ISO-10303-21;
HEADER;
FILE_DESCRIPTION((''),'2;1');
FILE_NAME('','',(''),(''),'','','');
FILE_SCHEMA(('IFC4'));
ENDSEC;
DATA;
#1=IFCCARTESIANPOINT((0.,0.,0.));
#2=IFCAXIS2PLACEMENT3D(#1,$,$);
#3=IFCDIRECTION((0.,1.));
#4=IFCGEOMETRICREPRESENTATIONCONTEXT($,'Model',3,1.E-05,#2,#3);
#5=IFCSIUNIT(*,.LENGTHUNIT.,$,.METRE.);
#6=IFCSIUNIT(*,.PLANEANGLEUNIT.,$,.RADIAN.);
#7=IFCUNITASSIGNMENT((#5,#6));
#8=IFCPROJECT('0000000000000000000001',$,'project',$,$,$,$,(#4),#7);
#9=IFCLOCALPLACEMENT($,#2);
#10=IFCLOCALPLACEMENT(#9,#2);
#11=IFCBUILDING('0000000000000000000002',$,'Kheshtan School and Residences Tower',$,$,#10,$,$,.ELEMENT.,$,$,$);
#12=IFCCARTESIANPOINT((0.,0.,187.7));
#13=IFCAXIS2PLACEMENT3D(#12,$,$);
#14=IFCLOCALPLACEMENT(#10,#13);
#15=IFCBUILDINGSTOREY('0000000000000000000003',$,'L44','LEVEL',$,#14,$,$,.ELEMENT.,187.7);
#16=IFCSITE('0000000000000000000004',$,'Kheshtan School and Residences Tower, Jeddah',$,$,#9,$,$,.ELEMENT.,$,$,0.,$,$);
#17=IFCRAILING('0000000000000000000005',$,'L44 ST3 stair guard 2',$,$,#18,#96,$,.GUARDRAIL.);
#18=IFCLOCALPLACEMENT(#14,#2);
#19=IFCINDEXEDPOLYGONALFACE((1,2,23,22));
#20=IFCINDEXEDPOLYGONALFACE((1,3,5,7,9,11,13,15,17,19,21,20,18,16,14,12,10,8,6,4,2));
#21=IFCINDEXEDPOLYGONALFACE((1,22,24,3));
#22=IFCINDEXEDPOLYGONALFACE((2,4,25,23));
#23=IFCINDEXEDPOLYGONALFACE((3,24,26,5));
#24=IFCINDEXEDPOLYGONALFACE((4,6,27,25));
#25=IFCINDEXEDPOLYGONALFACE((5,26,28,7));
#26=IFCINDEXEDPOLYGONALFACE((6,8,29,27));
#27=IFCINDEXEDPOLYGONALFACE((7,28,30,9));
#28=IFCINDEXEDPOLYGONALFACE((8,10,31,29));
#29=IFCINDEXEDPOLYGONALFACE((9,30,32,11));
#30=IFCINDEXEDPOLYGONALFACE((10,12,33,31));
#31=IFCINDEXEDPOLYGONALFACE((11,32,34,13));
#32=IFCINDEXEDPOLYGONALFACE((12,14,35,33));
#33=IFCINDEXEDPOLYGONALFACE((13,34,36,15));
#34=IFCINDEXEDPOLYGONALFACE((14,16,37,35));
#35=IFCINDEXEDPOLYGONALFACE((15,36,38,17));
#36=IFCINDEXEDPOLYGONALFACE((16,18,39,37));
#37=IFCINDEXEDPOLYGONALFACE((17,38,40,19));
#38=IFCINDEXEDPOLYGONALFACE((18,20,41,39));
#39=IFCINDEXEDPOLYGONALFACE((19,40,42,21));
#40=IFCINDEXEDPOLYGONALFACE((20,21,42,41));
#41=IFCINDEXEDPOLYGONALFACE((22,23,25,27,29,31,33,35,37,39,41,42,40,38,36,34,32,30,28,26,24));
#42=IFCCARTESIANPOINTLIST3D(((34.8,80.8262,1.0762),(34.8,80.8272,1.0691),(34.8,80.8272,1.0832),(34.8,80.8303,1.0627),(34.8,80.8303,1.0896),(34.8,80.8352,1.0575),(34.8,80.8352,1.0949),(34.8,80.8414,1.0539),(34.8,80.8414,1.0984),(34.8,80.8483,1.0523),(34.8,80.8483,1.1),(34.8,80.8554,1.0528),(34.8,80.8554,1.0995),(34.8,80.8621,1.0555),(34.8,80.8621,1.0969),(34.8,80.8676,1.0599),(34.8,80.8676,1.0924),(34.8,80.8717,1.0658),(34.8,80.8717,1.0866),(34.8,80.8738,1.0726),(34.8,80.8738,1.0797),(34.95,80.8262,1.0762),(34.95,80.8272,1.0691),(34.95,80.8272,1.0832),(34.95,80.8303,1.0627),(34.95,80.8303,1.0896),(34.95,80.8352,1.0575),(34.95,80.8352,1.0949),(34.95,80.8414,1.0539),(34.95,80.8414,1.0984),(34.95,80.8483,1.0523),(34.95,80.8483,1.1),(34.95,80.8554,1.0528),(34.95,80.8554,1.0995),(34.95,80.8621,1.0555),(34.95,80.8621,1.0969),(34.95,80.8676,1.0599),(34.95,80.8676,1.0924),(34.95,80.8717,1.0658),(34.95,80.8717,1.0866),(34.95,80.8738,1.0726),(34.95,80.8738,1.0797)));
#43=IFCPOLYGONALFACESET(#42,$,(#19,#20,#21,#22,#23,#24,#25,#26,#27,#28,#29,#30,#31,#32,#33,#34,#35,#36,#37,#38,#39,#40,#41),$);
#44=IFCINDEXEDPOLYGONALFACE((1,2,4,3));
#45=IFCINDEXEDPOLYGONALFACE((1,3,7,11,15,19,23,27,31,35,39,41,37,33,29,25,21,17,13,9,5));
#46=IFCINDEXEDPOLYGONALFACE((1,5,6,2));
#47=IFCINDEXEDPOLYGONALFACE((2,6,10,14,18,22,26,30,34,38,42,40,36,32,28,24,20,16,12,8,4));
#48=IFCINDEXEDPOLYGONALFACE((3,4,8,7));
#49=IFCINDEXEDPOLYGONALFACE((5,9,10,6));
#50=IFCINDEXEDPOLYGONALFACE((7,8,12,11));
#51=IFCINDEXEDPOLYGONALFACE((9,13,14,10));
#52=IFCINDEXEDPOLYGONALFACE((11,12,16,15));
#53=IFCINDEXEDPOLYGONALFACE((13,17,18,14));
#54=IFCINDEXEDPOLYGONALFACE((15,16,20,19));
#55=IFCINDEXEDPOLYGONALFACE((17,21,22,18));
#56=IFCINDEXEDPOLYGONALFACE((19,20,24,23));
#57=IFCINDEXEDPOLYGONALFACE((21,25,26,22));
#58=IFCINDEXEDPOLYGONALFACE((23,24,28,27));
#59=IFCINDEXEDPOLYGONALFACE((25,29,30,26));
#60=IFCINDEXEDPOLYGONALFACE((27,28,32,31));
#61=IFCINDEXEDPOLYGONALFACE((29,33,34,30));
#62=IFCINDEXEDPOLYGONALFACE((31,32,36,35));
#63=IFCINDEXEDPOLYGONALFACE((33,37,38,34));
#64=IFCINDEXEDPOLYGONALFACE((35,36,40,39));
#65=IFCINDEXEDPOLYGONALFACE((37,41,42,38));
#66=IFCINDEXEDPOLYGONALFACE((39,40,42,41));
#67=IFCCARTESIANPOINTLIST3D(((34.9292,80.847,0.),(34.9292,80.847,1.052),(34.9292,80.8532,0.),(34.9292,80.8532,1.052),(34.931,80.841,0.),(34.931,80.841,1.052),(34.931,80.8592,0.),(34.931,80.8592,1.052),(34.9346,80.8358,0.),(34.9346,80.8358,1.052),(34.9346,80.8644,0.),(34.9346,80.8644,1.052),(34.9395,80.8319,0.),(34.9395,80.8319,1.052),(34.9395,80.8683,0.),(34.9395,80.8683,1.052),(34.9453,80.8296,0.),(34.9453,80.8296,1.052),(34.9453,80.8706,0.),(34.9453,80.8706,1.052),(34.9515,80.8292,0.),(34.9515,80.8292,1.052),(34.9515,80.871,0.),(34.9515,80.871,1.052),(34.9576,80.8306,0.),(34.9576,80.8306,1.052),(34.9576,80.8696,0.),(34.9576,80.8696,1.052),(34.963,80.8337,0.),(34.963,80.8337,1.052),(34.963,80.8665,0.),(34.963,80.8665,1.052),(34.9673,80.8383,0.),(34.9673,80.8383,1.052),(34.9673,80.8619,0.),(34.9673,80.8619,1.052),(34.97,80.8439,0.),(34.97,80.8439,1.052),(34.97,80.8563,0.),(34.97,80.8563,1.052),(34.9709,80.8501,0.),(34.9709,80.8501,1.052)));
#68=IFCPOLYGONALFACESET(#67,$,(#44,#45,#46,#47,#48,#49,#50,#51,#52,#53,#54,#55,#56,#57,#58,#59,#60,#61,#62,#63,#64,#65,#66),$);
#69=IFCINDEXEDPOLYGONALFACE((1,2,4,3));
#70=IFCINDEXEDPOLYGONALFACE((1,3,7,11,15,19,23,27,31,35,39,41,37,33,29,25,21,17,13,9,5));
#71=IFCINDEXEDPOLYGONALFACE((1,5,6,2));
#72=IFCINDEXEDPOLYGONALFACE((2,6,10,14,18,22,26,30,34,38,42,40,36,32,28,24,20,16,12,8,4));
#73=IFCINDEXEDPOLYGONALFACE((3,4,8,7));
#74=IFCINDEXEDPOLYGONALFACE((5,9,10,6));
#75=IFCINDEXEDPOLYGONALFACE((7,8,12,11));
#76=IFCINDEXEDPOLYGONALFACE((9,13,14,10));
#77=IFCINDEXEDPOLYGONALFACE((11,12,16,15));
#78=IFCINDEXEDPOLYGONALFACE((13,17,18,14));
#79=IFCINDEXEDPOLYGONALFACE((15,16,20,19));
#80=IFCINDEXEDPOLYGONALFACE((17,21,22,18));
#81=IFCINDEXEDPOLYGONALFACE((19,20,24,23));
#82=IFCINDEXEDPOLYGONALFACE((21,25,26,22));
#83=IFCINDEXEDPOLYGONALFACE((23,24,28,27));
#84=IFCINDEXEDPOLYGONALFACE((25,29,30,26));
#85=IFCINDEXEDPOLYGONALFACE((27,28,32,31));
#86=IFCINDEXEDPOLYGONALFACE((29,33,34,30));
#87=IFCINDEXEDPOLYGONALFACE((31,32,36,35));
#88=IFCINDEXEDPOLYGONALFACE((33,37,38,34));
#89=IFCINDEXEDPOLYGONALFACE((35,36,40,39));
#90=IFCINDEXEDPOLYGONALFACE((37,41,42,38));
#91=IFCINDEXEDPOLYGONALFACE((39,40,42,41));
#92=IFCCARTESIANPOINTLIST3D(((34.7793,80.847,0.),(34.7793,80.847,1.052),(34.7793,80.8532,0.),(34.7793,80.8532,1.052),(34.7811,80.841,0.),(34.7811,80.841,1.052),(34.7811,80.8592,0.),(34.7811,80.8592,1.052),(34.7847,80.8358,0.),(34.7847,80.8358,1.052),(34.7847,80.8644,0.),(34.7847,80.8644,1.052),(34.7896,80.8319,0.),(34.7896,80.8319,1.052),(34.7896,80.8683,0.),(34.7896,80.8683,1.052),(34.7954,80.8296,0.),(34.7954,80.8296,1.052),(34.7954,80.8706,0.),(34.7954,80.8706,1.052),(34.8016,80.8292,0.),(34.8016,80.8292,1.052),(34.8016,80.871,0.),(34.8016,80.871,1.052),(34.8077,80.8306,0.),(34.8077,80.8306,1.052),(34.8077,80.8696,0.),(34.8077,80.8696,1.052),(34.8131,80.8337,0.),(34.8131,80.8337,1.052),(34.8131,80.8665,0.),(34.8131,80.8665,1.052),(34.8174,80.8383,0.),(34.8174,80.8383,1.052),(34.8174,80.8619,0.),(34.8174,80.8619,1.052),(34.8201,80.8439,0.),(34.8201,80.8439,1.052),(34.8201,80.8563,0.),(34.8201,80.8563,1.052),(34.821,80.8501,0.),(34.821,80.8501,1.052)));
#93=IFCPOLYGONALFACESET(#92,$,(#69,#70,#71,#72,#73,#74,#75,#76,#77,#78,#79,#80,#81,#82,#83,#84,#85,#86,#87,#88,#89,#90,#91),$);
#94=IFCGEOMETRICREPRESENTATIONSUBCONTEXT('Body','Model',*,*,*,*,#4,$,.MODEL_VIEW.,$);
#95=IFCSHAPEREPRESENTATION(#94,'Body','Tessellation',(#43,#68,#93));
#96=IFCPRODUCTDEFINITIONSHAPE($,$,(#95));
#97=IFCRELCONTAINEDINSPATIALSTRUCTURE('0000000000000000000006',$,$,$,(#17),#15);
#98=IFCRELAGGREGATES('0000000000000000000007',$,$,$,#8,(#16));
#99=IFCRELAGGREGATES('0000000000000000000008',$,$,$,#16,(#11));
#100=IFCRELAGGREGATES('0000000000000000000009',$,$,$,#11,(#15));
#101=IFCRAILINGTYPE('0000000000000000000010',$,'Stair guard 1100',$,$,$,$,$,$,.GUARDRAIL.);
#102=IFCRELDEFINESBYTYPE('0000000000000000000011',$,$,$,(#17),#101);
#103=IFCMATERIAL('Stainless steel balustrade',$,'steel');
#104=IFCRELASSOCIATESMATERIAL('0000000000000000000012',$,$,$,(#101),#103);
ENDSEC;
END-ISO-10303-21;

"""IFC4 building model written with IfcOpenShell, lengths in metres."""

from ifc_helpers import new_model, si_unit, direction, frame, origin, origin_2d, place, context, subcontext, project, spatial, circle, extrude, material, type_object, element, save


model = new_model("IFC4")

# Units and contexts
model_context = context("Model", 3, precision=1e-05, world=origin(), true_north=direction((0.0, 1.0)))
body_context = subcontext(model_context, "Body", "Model", "MODEL_VIEW")
ifc_project = project(units=[si_unit("LENGTHUNIT", "METRE"), si_unit("PLANEANGLEUNIT", "RADIAN")], contexts=[model_context])

# Site, building, storey
site_placement = place(None, origin())
site = spatial("IfcSite", under=ifc_project, at=site_placement, Name="Kheshtan School and Residences Tower, Jeddah", CompositionType="ELEMENT", RefElevation=0.0)
building_placement = place(site_placement, origin())
building = spatial("IfcBuilding", under=site, at=building_placement, Name="Kheshtan School and Residences Tower", CompositionType="ELEMENT")
storey_placement = place(building_placement, frame((0.0, 0.0, 187.7)))
storey = spatial("IfcBuildingStorey", under=building, at=storey_placement, Name="L44", Description="LEVEL", CompositionType="ELEMENT", Elevation=187.7)

# Railing
ifc_material_1 = material(Name="Stainless steel balustrade", Category="steel")
railing_type_1 = type_object("IfcRailingType", Name="Stair guard 1100", PredefinedType="GUARDRAIL", material=ifc_material_1)
railing_1_placement = place(storey_placement, frame((34.95, 80.8501, 0.0)))
element("IfcRailing", 1, at=railing_1_placement, inside=storey, type_object=railing_type_1, Name="L44 ST3 stair guard 2", PredefinedType="GUARDRAIL", context=body_context, shape_type="SweptSolid", body=[
    extrude(circle(Radius=0.0239, at=origin_2d()), frame((0.0, 0.0, 1.0762), z_axis=(-1.0, 0.0, 0.0), x_axis=(0.0, -1.0, 0.0)), (0.0, 0.0, 1.0), 0.1499),
    extrude(circle(Radius=0.021, at=origin_2d()), origin(), (0.0, 0.0, 1.0), 1.052),
    extrude(circle(Radius=0.021, at=origin_2d()), frame((-0.1499, 0.0, 0.0)), (0.0, 0.0, 1.0), 1.052),
])

save(model, "model.ifc")
